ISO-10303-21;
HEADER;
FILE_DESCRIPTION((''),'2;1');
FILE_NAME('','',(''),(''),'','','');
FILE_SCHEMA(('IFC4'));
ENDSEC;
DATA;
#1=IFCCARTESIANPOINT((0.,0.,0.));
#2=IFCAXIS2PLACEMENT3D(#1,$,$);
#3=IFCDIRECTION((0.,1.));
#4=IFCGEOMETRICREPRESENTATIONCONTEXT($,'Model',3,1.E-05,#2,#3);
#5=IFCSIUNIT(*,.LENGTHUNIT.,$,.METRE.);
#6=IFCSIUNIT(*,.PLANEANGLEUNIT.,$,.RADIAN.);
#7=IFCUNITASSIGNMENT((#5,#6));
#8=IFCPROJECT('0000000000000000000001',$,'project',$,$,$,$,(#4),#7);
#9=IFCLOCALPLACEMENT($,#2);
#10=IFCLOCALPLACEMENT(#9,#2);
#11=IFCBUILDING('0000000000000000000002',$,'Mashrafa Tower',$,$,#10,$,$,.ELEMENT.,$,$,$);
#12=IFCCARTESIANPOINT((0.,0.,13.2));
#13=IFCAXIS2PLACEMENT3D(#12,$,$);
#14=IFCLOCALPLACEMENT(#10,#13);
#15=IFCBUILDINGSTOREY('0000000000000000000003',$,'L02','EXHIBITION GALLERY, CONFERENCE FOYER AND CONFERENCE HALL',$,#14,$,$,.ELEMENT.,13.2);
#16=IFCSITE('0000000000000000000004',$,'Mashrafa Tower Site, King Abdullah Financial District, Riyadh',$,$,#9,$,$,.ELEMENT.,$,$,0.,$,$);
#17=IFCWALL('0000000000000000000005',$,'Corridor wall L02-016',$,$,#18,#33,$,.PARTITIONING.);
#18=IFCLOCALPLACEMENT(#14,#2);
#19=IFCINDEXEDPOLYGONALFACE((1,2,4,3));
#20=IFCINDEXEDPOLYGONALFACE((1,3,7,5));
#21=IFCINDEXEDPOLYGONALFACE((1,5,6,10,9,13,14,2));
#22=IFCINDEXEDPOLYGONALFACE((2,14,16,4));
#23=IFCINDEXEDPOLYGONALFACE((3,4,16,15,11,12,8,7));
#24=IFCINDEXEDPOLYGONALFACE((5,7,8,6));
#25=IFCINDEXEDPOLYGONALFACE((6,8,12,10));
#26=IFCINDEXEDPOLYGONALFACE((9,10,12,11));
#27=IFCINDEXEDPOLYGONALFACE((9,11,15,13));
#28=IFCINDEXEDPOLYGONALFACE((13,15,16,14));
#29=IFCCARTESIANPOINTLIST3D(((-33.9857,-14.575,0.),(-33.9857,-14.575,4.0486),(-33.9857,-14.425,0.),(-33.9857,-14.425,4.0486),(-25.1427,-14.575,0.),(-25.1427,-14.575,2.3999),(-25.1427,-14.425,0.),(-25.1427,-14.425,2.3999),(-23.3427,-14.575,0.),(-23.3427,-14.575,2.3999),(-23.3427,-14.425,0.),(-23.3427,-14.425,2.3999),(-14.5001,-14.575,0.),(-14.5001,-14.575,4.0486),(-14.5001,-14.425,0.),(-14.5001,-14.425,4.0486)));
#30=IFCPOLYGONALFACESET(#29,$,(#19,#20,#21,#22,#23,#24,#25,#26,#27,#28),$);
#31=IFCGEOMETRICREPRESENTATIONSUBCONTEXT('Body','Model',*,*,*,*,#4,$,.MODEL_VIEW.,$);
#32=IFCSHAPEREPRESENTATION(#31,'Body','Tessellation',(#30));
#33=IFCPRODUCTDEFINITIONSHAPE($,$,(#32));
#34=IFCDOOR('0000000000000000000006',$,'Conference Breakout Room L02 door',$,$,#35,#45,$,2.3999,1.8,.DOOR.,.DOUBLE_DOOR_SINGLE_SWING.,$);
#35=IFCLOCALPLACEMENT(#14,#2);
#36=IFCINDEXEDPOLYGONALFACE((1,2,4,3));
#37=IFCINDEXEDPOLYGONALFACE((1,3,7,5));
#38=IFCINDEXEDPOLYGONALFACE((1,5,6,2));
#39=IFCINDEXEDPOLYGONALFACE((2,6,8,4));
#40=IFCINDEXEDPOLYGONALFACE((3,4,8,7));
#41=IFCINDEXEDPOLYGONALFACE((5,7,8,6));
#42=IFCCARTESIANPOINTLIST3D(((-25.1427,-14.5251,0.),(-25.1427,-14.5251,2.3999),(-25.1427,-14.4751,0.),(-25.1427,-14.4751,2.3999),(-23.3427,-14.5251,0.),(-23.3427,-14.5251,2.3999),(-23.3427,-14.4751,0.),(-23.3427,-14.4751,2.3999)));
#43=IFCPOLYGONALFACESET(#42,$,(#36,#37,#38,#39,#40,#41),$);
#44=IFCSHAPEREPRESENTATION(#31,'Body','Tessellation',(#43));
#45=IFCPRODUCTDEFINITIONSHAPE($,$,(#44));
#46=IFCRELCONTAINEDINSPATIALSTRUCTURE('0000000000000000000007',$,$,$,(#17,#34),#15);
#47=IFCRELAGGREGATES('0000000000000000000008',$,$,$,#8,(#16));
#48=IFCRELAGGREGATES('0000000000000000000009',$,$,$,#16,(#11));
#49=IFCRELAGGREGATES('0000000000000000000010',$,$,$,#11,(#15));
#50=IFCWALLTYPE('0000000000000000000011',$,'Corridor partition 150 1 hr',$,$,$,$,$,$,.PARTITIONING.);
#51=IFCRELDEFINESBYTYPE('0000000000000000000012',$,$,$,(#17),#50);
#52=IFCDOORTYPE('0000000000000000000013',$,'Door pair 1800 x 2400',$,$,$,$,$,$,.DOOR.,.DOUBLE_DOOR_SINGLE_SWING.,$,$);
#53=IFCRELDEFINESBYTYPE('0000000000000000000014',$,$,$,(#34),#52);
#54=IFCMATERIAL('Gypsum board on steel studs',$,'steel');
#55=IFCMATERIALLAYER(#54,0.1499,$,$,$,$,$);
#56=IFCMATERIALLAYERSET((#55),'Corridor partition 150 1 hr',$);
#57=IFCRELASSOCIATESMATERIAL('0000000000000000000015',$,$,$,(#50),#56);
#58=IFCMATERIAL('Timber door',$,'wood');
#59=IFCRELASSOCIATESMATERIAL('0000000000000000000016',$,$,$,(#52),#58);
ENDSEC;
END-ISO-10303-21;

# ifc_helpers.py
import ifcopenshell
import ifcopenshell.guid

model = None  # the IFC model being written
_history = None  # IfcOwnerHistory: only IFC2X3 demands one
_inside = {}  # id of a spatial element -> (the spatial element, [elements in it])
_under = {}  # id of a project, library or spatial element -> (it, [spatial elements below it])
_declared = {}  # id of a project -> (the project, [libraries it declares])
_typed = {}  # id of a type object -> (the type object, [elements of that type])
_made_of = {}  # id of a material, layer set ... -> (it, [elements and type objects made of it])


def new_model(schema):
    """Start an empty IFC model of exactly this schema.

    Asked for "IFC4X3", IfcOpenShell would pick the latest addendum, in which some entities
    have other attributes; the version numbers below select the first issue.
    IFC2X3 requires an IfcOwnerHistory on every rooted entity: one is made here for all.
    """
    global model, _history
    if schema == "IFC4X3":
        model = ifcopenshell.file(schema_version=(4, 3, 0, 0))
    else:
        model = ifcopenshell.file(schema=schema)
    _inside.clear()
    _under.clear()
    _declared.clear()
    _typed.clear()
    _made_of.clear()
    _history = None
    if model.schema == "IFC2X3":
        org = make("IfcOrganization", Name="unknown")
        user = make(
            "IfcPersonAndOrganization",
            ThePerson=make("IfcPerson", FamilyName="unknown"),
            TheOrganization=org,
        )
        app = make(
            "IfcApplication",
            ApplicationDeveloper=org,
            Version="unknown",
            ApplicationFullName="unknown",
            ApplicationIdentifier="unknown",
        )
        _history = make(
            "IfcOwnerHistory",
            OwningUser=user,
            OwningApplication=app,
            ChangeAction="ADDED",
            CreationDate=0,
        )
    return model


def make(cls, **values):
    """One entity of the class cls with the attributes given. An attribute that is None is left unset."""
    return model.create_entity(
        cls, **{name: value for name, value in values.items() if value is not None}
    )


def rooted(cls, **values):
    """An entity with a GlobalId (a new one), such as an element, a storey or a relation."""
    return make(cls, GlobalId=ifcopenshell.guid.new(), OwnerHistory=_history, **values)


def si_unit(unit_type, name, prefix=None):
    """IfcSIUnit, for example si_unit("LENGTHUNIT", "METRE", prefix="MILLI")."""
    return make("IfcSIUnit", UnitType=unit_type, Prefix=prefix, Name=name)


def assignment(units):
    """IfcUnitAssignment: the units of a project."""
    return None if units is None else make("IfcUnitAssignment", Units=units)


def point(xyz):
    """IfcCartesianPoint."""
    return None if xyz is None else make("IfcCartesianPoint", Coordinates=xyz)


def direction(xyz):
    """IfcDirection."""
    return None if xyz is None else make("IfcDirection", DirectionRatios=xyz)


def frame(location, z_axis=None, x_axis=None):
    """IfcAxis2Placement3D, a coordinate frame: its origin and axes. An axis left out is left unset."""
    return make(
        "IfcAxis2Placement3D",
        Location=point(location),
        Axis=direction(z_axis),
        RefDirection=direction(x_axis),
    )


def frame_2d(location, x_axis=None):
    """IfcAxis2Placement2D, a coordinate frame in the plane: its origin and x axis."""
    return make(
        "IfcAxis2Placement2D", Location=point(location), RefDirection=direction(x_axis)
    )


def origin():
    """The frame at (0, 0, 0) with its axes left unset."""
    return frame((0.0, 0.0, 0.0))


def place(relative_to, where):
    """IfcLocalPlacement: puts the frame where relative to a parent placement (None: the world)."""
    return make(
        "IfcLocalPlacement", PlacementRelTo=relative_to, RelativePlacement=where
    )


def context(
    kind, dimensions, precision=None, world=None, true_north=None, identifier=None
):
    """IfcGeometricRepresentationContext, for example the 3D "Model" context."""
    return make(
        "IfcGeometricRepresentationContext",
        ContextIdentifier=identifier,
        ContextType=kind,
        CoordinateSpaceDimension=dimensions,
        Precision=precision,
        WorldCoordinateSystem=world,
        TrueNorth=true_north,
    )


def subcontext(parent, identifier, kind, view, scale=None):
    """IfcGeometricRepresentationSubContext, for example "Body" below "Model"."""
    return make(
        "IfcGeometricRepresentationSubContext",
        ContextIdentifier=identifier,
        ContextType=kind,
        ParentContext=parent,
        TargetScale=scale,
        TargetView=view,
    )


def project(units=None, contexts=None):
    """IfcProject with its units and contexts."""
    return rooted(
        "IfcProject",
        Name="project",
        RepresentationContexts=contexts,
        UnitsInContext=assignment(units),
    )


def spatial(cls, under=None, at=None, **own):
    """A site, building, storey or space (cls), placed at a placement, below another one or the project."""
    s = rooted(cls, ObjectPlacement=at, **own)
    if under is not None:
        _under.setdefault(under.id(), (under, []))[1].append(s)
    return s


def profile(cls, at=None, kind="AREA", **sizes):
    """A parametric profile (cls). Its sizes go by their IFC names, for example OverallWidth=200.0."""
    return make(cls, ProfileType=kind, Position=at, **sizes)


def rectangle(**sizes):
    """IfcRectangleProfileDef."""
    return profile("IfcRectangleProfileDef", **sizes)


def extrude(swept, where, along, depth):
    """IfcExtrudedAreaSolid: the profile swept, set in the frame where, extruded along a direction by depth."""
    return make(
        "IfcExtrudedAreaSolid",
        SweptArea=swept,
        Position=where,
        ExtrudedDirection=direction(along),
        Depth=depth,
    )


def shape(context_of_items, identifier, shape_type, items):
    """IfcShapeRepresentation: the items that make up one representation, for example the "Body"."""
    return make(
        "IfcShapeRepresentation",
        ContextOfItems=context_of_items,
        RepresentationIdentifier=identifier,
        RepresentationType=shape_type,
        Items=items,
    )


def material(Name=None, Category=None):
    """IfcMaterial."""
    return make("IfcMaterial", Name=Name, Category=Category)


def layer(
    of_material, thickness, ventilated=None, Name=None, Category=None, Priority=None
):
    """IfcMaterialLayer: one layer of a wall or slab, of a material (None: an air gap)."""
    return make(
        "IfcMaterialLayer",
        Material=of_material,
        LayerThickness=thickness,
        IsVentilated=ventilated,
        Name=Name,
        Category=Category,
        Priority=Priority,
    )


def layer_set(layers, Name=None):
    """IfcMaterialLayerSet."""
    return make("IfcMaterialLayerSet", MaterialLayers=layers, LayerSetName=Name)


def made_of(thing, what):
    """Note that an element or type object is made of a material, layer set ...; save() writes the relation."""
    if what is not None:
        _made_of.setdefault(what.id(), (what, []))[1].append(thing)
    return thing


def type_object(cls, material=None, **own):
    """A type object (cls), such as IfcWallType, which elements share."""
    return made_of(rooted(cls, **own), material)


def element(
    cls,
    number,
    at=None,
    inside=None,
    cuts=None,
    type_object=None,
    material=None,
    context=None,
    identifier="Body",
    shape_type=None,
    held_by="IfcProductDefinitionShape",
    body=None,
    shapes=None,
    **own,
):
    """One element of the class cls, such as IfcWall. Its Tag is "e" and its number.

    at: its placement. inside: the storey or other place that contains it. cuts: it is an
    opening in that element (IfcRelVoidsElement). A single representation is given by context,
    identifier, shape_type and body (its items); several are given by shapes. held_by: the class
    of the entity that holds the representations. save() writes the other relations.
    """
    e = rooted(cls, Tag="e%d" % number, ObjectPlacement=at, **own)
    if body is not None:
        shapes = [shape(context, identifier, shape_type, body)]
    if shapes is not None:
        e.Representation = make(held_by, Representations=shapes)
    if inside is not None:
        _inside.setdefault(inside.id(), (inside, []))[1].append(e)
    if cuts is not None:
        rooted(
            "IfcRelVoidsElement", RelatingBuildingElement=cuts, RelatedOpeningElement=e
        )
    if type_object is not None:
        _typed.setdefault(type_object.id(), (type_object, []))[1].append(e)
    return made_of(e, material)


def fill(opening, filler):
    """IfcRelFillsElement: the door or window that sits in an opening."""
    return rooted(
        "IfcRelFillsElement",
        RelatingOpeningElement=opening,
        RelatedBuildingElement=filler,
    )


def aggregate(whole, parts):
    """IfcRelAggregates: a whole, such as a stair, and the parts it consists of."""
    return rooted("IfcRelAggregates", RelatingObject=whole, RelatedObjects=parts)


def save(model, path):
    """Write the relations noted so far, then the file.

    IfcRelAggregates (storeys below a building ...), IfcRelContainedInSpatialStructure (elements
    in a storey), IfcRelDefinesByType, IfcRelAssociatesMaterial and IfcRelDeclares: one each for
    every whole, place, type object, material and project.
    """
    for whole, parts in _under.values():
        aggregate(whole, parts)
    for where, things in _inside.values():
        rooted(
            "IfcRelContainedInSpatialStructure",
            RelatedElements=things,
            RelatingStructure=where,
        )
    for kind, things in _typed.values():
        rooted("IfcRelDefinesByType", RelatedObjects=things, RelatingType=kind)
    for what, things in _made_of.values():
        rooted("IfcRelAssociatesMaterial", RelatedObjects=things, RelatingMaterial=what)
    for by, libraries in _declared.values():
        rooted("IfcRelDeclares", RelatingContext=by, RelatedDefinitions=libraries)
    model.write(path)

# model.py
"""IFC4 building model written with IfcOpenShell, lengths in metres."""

from ifc_helpers import new_model, si_unit, direction, frame, frame_2d, origin, place, context, subcontext, project, spatial, rectangle, extrude, material, layer, layer_set, type_object, element, fill, save


model = new_model("IFC4")

# Units and contexts
model_context = context("Model", 3, precision=1e-05, world=origin(), true_north=direction((0.0, 1.0)))
body_context = subcontext(model_context, "Body", "Model", "MODEL_VIEW")
ifc_project = project(units=[si_unit("LENGTHUNIT", "METRE"), si_unit("PLANEANGLEUNIT", "RADIAN")], contexts=[model_context])

# Site, building, storey
site_placement = place(None, origin())
site = spatial("IfcSite", under=ifc_project, at=site_placement, Name="Mashrafa Tower Site, King Abdullah Financial District, Riyadh", CompositionType="ELEMENT", RefElevation=0.0)
building_placement = place(site_placement, origin())
building = spatial("IfcBuilding", under=site, at=building_placement, Name="Mashrafa Tower", CompositionType="ELEMENT")
storey_placement = place(building_placement, frame((0.0, 0.0, 13.2)))
storey = spatial("IfcBuildingStorey", under=building, at=storey_placement, Name="L02", Description="EXHIBITION GALLERY, CONFERENCE FOYER AND CONFERENCE HALL", CompositionType="ELEMENT", Elevation=13.2)

# Wall, opening, door
ifc_material_1 = material(Name="Gypsum board on steel studs", Category="steel")
ifc_layer_1 = layer(ifc_material_1, 0.1499)
ifc_layer_set_1 = layer_set([ifc_layer_1], Name="Corridor partition 150 1 hr")
wall_type_1 = type_object("IfcWallType", Name="Corridor partition 150 1 hr", PredefinedType="PARTITIONING", material=ifc_layer_set_1)
wall_1_placement = place(storey_placement, frame((-33.9856, -14.5, 0.0), z_axis=(0.0, 0.0, 1.0), x_axis=(1.0, 0.0, 0.0)))
wall_1 = element("IfcWall", 1, at=wall_1_placement, inside=storey, type_object=wall_type_1, Name="Corridor wall L02-016", PredefinedType="PARTITIONING", context=body_context, shape_type="SweptSolid", body=[
    extrude(rectangle(XDim=19.4856, YDim=0.1499, at=frame_2d((9.7427, 0.0))), origin(), (0.0, 0.0, 1.0), 4.0486),
])
opening_1_placement = place(wall_1_placement, frame((8.843, 0.0, 0.0)))
opening_1 = element("IfcOpeningElement", 2, at=opening_1_placement, cuts=wall_1, PredefinedType="OPENING", context=body_context, shape_type="SweptSolid", body=[
    extrude(rectangle(XDim=1.8, YDim=2.3999, at=frame_2d((0.8999, 1.2))), frame((0.0, 0.085, 0.0), z_axis=(0.0, -1.0, 0.0), x_axis=(1.0, 0.0, 0.0)), (0.0, 0.0, 1.0), 0.1699),
])
ifc_material_2 = material(Name="Timber door", Category="wood")
door_type = type_object("IfcDoorType", Name="Door pair 1800 x 2400", OperationType="DOUBLE_DOOR_SINGLE_SWING", PredefinedType="DOOR", material=ifc_material_2)
door_placement = place(opening_1_placement, origin())
door = element("IfcDoor", 3, at=door_placement, inside=storey, type_object=door_type, Name="Conference Breakout Room L02 door", OperationType="DOUBLE_DOOR_SINGLE_SWING", OverallHeight=2.3999, OverallWidth=1.8, PredefinedType="DOOR", context=body_context, shape_type="SweptSolid", body=[
    extrude(rectangle(XDim=1.8, YDim=2.3999, at=frame_2d((0.8999, 1.2))), frame((0.0, 0.0249, 0.0), z_axis=(0.0, -1.0, 0.0), x_axis=(1.0, 0.0, 0.0)), (0.0, 0.0, 1.0), 0.05),
])
fill(opening_1, door)

save(model, "model.ifc")
